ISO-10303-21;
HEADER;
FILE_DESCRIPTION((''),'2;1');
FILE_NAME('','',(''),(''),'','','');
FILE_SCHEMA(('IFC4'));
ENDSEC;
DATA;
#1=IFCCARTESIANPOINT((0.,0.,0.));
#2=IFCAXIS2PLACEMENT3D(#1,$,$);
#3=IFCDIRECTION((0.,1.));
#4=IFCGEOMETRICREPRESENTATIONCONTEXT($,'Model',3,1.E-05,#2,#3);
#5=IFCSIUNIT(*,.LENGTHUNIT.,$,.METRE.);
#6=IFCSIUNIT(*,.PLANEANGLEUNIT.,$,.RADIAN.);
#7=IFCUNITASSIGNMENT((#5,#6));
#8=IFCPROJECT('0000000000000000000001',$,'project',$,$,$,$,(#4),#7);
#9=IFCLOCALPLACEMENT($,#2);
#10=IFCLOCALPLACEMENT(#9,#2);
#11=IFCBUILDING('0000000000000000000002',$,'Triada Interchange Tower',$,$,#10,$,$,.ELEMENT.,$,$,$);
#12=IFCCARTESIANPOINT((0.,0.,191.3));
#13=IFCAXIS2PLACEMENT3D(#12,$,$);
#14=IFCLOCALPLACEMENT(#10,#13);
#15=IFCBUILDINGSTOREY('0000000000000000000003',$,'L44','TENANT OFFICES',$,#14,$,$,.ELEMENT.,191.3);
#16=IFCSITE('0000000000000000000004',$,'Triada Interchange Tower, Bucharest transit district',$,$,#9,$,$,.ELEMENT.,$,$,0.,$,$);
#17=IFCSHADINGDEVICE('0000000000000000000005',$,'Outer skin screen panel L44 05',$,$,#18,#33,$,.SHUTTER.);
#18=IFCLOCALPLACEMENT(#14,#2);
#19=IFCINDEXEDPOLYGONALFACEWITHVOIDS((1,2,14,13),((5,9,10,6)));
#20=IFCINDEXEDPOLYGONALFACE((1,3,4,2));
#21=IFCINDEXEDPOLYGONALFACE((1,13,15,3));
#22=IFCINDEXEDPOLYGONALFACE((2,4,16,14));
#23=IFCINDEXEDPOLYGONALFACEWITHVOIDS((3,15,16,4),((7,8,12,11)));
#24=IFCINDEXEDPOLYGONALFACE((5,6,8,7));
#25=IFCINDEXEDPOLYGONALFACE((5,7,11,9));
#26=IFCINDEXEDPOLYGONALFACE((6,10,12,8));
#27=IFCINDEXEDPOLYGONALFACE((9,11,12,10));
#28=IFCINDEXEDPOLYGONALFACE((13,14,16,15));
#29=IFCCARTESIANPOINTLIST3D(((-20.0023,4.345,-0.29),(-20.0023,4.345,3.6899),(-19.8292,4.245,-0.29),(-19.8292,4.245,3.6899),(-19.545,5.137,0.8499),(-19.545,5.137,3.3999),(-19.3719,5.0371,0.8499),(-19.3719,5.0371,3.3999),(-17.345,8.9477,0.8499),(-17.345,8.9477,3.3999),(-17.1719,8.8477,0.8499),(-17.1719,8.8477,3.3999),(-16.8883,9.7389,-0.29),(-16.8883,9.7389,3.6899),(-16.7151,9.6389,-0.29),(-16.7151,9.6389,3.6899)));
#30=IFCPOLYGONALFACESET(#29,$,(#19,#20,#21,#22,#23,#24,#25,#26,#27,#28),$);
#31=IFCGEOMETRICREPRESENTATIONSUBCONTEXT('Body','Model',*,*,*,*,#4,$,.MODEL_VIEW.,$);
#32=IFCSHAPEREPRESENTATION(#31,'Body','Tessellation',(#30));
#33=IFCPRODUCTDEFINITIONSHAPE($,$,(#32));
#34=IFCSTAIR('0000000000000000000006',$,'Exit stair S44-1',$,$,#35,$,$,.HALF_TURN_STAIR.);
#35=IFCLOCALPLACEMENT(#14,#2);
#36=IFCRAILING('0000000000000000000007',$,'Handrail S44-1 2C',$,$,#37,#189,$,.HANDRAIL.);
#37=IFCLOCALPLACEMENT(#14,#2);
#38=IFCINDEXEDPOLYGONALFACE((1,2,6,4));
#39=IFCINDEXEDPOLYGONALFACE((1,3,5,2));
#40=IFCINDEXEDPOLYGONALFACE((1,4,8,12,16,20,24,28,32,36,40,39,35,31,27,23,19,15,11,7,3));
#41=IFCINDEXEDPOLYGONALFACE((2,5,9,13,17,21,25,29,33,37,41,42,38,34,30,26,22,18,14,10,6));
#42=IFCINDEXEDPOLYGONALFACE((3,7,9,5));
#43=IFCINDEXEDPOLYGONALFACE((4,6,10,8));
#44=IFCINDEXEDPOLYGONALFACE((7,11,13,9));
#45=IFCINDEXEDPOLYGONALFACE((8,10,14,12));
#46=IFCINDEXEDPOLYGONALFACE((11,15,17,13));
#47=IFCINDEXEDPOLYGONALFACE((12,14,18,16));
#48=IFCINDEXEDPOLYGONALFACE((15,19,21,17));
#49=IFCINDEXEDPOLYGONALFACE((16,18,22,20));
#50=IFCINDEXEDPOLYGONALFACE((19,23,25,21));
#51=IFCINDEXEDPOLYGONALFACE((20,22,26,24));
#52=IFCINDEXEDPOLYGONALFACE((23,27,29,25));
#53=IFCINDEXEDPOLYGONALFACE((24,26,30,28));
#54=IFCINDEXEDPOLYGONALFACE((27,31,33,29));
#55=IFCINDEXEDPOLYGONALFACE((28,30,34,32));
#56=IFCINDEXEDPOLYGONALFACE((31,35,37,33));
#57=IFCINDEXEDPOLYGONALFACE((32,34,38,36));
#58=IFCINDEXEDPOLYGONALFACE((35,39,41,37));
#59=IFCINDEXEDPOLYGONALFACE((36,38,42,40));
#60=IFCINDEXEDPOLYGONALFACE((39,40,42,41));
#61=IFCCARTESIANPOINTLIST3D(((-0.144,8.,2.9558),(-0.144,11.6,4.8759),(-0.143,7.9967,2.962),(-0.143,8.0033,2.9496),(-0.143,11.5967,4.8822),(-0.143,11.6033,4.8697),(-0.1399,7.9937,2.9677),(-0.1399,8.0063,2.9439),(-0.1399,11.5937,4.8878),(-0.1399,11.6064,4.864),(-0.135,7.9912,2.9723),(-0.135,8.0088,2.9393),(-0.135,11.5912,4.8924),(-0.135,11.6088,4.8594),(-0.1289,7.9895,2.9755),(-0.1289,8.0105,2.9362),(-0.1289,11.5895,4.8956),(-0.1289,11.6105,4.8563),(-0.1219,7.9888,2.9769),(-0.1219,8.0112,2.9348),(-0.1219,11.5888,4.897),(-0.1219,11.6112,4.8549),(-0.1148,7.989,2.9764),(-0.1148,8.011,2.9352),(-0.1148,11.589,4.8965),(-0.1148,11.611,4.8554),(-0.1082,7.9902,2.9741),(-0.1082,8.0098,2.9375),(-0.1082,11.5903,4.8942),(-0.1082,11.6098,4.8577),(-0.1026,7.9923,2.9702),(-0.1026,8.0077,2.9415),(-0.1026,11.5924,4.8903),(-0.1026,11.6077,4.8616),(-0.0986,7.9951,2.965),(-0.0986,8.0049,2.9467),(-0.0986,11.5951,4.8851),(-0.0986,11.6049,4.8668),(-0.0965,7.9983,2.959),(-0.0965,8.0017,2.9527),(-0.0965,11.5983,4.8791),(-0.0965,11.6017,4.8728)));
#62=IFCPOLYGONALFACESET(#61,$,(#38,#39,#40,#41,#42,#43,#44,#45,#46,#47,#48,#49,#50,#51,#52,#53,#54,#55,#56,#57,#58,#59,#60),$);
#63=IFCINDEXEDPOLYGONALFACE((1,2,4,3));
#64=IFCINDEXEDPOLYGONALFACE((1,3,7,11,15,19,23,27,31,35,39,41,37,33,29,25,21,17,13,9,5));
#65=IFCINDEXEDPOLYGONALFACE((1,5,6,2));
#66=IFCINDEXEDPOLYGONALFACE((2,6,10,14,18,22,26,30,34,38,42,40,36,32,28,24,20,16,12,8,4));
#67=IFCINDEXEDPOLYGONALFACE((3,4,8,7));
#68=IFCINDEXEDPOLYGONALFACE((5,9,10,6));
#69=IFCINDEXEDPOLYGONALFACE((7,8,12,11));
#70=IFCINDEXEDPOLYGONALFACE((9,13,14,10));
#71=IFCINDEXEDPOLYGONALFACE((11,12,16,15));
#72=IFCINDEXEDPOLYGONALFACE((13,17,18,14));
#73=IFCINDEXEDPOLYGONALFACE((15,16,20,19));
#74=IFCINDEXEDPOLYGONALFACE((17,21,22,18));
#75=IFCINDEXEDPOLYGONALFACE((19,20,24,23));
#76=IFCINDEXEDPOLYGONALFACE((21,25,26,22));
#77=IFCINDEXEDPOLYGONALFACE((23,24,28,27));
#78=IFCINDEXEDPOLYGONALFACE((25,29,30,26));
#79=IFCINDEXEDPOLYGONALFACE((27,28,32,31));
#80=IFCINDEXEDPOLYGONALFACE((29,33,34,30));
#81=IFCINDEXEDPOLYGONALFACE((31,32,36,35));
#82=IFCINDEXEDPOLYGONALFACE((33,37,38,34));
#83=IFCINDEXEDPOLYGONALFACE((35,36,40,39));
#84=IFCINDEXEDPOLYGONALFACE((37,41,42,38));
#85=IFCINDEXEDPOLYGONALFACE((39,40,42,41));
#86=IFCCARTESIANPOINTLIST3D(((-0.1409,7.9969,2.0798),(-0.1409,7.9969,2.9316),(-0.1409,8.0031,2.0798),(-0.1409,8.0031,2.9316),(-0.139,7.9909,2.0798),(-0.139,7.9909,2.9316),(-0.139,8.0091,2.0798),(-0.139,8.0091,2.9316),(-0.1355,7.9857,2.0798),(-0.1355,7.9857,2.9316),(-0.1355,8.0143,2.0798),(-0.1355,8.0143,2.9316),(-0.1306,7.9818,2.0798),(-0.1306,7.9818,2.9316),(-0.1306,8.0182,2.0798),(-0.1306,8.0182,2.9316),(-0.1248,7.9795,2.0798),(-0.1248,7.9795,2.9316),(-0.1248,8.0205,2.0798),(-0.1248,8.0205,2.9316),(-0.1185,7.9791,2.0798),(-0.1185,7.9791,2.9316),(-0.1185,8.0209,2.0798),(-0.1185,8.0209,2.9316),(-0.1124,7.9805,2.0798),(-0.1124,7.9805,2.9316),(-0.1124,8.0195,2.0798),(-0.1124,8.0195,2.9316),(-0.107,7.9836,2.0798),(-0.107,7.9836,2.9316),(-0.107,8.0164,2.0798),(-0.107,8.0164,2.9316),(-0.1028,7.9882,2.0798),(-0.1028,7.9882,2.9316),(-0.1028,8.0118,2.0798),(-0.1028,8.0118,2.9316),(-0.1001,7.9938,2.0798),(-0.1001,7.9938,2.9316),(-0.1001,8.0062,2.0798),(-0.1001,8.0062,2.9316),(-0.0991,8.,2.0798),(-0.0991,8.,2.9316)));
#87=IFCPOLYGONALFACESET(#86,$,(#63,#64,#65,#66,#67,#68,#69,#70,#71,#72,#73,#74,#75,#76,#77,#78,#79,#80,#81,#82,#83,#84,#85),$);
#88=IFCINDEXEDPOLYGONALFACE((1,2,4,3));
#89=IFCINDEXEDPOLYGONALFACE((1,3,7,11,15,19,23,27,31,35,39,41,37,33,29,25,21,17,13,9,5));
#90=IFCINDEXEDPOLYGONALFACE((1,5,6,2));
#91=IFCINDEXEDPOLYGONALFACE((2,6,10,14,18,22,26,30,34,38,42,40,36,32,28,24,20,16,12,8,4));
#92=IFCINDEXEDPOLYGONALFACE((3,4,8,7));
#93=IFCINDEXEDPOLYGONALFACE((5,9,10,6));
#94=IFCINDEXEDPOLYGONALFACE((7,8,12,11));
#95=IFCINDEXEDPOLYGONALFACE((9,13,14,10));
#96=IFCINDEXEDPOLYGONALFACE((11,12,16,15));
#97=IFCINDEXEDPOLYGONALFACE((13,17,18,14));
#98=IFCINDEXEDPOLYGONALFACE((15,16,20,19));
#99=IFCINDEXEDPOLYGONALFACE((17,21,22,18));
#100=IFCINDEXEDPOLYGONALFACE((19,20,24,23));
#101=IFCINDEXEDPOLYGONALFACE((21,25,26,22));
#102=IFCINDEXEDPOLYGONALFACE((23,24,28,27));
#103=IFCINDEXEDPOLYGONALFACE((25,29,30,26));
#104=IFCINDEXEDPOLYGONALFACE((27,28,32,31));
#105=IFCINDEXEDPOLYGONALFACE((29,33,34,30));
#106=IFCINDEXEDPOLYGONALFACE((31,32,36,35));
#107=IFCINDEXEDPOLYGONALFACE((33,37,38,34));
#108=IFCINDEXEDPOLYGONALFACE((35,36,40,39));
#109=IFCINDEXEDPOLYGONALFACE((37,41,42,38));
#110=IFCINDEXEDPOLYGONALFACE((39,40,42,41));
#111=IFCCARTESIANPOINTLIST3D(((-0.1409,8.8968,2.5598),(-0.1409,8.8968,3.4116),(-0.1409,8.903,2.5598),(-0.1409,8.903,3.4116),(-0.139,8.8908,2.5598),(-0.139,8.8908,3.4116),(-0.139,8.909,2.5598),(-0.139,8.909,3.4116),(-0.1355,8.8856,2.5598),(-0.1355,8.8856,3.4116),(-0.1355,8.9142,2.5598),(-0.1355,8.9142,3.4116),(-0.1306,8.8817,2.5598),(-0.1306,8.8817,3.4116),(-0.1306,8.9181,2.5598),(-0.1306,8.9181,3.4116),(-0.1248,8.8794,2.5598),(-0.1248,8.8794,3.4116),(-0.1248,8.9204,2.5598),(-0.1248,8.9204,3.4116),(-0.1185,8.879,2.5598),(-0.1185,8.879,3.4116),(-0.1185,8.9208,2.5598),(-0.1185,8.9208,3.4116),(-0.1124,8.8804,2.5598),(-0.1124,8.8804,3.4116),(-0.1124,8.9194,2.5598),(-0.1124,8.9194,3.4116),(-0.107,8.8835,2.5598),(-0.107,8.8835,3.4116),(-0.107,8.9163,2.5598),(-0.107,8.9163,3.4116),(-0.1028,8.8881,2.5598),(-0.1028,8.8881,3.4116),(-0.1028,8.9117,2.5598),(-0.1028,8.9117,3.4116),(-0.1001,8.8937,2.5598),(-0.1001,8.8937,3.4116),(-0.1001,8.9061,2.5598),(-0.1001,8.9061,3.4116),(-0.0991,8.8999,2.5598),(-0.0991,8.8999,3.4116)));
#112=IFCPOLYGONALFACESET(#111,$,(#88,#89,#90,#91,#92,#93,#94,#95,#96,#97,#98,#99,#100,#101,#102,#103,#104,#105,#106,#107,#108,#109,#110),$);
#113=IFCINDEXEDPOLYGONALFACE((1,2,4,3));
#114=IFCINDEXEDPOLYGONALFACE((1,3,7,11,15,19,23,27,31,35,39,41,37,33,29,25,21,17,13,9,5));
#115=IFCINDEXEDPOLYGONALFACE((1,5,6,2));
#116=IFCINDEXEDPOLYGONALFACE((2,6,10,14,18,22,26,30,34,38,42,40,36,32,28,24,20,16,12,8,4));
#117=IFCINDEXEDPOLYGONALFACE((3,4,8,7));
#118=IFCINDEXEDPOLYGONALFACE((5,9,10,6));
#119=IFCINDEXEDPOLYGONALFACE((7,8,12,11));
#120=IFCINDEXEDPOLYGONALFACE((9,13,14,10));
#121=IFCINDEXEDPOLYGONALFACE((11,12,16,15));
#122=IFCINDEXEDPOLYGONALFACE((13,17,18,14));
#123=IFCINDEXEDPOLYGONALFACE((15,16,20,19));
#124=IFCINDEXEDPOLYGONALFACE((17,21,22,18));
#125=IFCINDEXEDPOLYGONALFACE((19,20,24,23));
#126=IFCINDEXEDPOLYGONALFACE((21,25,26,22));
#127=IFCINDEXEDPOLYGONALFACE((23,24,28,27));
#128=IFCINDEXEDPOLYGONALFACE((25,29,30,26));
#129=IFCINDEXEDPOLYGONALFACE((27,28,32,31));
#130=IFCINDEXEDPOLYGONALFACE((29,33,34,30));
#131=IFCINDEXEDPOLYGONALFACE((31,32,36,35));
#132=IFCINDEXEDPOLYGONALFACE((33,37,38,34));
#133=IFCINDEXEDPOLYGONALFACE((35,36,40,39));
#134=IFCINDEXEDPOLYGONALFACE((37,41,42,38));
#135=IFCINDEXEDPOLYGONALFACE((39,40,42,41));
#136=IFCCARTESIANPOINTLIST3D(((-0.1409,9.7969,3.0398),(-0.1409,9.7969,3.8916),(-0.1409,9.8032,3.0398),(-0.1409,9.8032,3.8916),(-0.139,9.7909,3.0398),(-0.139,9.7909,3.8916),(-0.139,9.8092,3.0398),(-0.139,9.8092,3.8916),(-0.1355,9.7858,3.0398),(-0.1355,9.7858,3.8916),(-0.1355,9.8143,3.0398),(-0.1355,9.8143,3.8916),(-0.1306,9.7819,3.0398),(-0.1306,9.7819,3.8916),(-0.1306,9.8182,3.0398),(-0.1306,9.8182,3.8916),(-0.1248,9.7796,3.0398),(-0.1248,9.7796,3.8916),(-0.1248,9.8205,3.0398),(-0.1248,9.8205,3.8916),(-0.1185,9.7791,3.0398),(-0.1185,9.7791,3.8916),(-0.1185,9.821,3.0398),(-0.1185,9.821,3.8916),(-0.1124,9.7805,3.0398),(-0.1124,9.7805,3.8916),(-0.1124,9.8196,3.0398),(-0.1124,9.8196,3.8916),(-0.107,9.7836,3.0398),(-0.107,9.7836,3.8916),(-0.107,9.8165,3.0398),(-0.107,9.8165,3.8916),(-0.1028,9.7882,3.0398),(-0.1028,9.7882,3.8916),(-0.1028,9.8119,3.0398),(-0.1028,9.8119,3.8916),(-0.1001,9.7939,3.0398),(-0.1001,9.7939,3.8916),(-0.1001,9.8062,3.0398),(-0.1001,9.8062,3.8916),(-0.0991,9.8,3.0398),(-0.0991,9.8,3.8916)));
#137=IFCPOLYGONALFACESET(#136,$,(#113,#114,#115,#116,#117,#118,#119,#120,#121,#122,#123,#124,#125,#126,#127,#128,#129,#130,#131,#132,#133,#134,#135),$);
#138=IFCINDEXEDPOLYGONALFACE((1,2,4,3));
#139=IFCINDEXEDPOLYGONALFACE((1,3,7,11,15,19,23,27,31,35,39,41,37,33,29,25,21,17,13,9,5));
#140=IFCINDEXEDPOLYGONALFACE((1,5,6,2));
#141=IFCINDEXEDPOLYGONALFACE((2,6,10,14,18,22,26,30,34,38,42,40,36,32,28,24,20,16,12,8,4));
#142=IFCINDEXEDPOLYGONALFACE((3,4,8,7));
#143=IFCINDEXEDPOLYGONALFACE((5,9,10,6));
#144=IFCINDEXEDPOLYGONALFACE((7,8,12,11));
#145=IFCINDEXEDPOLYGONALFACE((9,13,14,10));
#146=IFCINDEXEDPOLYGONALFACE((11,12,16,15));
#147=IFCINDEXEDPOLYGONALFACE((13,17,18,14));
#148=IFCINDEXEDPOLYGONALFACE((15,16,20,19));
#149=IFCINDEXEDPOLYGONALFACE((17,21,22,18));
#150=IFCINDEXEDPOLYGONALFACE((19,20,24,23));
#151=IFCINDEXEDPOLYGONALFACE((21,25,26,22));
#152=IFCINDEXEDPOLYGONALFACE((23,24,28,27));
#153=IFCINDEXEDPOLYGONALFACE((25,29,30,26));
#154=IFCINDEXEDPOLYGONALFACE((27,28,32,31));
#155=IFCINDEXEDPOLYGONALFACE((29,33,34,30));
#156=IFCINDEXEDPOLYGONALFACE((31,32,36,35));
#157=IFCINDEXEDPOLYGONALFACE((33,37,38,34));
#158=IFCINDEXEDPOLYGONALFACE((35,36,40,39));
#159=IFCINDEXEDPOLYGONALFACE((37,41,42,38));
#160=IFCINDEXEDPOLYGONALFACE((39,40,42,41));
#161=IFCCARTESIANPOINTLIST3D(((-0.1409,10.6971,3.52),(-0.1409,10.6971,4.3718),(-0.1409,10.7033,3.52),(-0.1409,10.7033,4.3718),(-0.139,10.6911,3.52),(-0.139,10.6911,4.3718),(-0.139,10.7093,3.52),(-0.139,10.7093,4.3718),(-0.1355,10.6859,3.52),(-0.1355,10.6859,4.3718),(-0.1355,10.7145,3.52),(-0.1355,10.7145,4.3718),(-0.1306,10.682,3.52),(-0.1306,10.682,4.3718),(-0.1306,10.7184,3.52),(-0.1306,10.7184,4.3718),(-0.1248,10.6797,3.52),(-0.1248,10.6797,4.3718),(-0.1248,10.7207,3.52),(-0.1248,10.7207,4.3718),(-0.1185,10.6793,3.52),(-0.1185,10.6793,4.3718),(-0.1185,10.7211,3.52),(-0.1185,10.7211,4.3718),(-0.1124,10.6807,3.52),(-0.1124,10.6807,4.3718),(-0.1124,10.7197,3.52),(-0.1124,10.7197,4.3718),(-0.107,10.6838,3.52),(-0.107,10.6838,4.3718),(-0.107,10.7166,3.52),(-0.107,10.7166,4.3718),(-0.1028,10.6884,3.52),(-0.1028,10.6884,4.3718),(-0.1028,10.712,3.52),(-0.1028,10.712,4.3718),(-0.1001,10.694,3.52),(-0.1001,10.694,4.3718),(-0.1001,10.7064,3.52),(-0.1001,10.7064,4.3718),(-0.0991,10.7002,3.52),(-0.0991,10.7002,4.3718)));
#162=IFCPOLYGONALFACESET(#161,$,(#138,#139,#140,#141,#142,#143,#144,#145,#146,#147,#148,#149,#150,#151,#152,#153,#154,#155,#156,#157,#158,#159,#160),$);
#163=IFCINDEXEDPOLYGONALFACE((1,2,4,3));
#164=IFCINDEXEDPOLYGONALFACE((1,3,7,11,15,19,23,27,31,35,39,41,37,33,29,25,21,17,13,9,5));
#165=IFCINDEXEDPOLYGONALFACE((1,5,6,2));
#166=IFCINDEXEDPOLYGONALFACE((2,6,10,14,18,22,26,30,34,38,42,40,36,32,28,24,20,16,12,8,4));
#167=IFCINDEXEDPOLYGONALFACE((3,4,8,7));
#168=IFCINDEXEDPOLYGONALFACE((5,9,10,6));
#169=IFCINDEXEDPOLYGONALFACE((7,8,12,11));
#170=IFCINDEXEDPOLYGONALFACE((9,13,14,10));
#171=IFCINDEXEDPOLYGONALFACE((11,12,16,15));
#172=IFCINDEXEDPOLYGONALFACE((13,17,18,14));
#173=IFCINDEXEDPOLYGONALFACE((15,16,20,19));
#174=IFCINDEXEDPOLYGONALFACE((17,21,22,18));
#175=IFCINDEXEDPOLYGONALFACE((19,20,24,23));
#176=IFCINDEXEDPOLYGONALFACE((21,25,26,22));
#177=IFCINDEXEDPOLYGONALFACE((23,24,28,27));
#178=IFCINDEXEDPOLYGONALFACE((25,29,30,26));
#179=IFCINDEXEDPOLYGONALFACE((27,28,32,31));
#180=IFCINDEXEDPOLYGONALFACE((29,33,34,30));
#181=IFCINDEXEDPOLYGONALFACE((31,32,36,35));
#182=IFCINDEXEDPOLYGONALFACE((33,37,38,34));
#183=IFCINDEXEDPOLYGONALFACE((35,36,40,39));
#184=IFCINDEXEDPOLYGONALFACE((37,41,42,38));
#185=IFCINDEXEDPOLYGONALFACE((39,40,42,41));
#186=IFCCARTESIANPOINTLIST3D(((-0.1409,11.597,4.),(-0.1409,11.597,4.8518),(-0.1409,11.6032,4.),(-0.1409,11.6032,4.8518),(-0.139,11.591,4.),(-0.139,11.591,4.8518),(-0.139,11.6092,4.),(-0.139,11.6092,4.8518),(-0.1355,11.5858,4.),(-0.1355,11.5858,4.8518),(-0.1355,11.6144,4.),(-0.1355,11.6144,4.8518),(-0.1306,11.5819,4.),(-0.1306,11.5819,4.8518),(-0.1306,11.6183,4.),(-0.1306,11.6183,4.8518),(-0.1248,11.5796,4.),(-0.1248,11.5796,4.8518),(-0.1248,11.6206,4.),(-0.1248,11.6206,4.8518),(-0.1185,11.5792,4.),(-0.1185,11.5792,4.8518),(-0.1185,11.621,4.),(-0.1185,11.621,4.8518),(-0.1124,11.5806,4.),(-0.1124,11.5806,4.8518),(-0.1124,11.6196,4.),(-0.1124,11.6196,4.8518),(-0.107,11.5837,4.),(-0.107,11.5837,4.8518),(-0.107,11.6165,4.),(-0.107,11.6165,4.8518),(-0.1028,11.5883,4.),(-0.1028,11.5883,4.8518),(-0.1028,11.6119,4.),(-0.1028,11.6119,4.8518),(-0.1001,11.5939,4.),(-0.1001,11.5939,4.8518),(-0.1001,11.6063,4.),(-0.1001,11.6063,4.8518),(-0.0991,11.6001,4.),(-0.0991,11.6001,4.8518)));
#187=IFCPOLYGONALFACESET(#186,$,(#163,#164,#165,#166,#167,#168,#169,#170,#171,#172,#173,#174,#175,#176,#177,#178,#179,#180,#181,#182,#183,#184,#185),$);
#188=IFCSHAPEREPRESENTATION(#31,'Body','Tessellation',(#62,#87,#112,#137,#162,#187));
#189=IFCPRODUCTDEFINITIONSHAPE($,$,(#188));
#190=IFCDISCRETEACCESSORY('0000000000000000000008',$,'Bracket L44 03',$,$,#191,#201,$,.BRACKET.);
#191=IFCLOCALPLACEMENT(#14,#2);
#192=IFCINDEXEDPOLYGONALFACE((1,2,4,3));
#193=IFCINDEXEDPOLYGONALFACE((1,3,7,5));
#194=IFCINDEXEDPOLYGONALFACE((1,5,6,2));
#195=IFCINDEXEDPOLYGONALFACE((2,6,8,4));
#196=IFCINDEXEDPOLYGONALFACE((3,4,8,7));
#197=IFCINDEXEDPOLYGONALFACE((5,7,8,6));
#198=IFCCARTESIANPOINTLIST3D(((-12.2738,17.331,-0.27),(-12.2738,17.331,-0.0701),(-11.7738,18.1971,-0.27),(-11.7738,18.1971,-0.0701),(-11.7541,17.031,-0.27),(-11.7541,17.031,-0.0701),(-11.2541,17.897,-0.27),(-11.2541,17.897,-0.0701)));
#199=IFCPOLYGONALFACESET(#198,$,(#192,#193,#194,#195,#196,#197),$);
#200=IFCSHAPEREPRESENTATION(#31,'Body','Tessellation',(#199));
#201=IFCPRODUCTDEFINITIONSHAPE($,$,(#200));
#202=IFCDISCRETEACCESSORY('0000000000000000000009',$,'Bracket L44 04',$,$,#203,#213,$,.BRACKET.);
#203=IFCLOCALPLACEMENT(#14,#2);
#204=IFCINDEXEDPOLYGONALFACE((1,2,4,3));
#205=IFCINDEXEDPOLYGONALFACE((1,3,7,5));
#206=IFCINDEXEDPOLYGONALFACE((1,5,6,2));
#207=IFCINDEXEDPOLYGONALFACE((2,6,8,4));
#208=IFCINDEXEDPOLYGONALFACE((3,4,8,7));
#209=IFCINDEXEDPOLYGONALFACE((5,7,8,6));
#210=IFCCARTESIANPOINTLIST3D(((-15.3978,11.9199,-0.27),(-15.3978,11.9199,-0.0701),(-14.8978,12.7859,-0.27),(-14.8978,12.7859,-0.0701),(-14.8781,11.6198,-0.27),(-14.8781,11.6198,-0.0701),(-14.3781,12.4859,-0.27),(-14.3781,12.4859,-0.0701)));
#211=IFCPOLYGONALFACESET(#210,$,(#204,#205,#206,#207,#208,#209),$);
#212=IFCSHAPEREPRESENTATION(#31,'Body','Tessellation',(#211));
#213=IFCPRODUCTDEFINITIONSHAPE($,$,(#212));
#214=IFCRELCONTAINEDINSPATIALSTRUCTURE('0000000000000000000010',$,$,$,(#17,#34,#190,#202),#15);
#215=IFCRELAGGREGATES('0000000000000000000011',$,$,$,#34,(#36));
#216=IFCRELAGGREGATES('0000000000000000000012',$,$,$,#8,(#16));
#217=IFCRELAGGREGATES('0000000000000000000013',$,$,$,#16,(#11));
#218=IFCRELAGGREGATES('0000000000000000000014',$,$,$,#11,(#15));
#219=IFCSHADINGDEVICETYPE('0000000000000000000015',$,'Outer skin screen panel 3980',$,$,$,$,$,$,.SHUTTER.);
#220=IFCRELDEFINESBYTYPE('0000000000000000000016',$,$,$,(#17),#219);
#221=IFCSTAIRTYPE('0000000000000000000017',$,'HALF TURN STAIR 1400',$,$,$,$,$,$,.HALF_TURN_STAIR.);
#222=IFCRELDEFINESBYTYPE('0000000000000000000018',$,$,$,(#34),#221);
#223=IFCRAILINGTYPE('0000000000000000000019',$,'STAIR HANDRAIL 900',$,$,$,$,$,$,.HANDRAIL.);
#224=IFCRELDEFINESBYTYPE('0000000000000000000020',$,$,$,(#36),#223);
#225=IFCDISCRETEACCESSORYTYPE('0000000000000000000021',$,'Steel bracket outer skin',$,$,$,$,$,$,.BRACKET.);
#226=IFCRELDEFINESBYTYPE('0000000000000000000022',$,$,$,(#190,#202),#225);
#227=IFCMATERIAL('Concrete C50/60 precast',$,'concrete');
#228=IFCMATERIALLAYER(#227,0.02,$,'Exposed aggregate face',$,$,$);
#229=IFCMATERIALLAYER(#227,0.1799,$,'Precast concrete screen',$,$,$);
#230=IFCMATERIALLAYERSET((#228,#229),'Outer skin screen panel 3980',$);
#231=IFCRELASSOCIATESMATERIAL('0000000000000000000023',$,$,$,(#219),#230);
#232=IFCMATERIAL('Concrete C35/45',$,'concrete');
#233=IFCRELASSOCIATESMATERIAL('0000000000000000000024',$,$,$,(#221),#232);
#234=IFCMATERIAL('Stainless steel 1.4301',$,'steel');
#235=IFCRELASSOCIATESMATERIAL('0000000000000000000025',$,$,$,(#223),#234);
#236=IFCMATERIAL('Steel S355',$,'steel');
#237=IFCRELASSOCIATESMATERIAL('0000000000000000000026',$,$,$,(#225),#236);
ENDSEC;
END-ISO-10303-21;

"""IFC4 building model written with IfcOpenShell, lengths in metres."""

from ifc_helpers import new_model, si_unit, direction, frame, origin, origin_2d, place, context, subcontext, project, spatial, polyline, rectangle, circle, outline, extrude, material, layer, layer_set, type_object, element, aggregate, save


model = new_model("IFC4")

# Units and contexts
model_context = context("Model", 3, precision=1e-05, world=origin(), true_north=direction((0.0, 1.0)))
body_context = subcontext(model_context, "Body", "Model", "MODEL_VIEW")
ifc_project = project(units=[si_unit("LENGTHUNIT", "METRE"), si_unit("PLANEANGLEUNIT", "RADIAN")], contexts=[model_context])

# Site, building, storey
site_placement = place(None, origin())
site = spatial("IfcSite", under=ifc_project, at=site_placement, Name="Triada Interchange Tower, Bucharest transit district", CompositionType="ELEMENT", RefElevation=0.0)
building_placement = place(site_placement, origin())
building = spatial("IfcBuilding", under=site, at=building_placement, Name="Triada Interchange Tower", CompositionType="ELEMENT")
storey_placement = place(building_placement, frame((0.0, 0.0, 191.3)))
storey = spatial("IfcBuildingStorey", under=building, at=storey_placement, Name="L44", Description="TENANT OFFICES", CompositionType="ELEMENT", Elevation=191.3)

# Shading device
ifc_material_1 = material(Name="Concrete C50/60 precast", Category="concrete")
ifc_layer_1 = layer(ifc_material_1, 0.02, Name="Exposed aggregate face")
ifc_layer_2 = layer(ifc_material_1, 0.1799, Name="Precast concrete screen")
ifc_layer_set_1 = layer_set([ifc_layer_1, ifc_layer_2], Name="Outer skin screen panel 3980")
shading_device_type = type_object("IfcShadingDeviceType", Name="Outer skin screen panel 3980", PredefinedType="SHUTTER", material=ifc_layer_set_1)
shading_device_1_placement = place(storey_placement, frame((-16.7151, 9.6389, -0.29), z_axis=(0.0, 0.0, 1.0), x_axis=(-0.499988, -0.866032, 0.0)))
element("IfcShadingDevice", 1, at=shading_device_1_placement, inside=storey, type_object=shading_device_type, Name="Outer skin screen panel L44 05", PredefinedType="SHUTTER", context=body_context, shape_type="SweptSolid", body=[
    extrude(outline(polyline([(0.0, 0.0), (6.2283, 0.0), (6.2283, 3.98), (0.0, 3.98), (0.0, 0.0)]), holes=[polyline([(0.9136, 1.1399), (0.9136, 3.6899), (5.3137, 3.6899), (5.3137, 1.1399), (0.9136, 1.1399)])]), frame((0.0, 0.0, 0.0), z_axis=(0.0, -1.0, 0.0), x_axis=(1.0, 0.0, 0.0)), (0.0, 0.0, 1.0), 0.2),
])

# Stair, railing
ifc_material_2 = material(Name="Concrete C35/45", Category="concrete")
stair_type = type_object("IfcStairType", Name="HALF TURN STAIR 1400", PredefinedType="HALF_TURN_STAIR", material=ifc_material_2)
stair_placement = place(storey_placement, origin())
stair = element("IfcStair", 2, at=stair_placement, inside=storey, type_object=stair_type, Name="Exit stair S44-1", PredefinedType="HALF_TURN_STAIR")
ifc_material_3 = material(Name="Stainless steel 1.4301", Category="steel")
railing_type = type_object("IfcRailingType", Name="STAIR HANDRAIL 900", PredefinedType="HANDRAIL", material=ifc_material_3)
railing_placement = place(storey_placement, frame((-0.1201, 8.0, 2.0798)))
railing = element("IfcRailing", 3, at=railing_placement, type_object=railing_type, Name="Handrail S44-1 2C", PredefinedType="HANDRAIL", context=body_context, shape_type="SweptSolid", body=[
    extrude(circle(Radius=0.0239, at=origin_2d()), frame((0.0, 0.0, 0.876), z_axis=(0.0, 0.882341, 0.47061), x_axis=(-1.0, 0.0, 0.0)), (0.0, 0.0, 1.0), 4.0801),
    extrude(circle(Radius=0.021, at=origin_2d()), origin(), (0.0, 0.0, 1.0), 0.8518),
    extrude(circle(Radius=0.021, at=origin_2d()), frame((0.0, 0.8999, 0.48)), (0.0, 0.0, 1.0), 0.8518),
    extrude(circle(Radius=0.021, at=origin_2d()), frame((0.0, 1.8, 0.96)), (0.0, 0.0, 1.0), 0.8518),
    extrude(circle(Radius=0.021, at=origin_2d()), frame((0.0, 2.7002, 1.4402)), (0.0, 0.0, 1.0), 0.8518),
    extrude(circle(Radius=0.021, at=origin_2d()), frame((0.0, 3.6001, 1.9202)), (0.0, 0.0, 1.0), 0.8518),
])
aggregate(stair, [railing])

# Discrete accessories
ifc_material_4 = material(Name="Steel S355", Category="steel")
discrete_accessory_type = type_object("IfcDiscreteAccessoryType", Name="Steel bracket outer skin", PredefinedType="BRACKET", material=ifc_material_4)
for number, where, z_axis, x_axis, name in (
    (4, (-11.7639, 17.614, -0.27), (0.0, 0.0, 1.0), (-0.866023, 0.500003, 0.0), "Bracket L44 03"),
    (5, (-14.8879, 12.2029, -0.27), (0.0, 0.0, 1.0), (-0.866023, 0.500003, 0.0), "Bracket L44 04"),
):
    element("IfcDiscreteAccessory", number, at=place(storey_placement, frame(where, z_axis=z_axis, x_axis=x_axis)), inside=storey, type_object=discrete_accessory_type, Name=name, PredefinedType="BRACKET", context=body_context, shape_type="SweptSolid", body=[
        extrude(rectangle(XDim=0.6001, YDim=1.0, at=origin_2d()), origin(), (0.0, 0.0, 1.0), 0.2),
    ])

save(model, "model.ifc")
